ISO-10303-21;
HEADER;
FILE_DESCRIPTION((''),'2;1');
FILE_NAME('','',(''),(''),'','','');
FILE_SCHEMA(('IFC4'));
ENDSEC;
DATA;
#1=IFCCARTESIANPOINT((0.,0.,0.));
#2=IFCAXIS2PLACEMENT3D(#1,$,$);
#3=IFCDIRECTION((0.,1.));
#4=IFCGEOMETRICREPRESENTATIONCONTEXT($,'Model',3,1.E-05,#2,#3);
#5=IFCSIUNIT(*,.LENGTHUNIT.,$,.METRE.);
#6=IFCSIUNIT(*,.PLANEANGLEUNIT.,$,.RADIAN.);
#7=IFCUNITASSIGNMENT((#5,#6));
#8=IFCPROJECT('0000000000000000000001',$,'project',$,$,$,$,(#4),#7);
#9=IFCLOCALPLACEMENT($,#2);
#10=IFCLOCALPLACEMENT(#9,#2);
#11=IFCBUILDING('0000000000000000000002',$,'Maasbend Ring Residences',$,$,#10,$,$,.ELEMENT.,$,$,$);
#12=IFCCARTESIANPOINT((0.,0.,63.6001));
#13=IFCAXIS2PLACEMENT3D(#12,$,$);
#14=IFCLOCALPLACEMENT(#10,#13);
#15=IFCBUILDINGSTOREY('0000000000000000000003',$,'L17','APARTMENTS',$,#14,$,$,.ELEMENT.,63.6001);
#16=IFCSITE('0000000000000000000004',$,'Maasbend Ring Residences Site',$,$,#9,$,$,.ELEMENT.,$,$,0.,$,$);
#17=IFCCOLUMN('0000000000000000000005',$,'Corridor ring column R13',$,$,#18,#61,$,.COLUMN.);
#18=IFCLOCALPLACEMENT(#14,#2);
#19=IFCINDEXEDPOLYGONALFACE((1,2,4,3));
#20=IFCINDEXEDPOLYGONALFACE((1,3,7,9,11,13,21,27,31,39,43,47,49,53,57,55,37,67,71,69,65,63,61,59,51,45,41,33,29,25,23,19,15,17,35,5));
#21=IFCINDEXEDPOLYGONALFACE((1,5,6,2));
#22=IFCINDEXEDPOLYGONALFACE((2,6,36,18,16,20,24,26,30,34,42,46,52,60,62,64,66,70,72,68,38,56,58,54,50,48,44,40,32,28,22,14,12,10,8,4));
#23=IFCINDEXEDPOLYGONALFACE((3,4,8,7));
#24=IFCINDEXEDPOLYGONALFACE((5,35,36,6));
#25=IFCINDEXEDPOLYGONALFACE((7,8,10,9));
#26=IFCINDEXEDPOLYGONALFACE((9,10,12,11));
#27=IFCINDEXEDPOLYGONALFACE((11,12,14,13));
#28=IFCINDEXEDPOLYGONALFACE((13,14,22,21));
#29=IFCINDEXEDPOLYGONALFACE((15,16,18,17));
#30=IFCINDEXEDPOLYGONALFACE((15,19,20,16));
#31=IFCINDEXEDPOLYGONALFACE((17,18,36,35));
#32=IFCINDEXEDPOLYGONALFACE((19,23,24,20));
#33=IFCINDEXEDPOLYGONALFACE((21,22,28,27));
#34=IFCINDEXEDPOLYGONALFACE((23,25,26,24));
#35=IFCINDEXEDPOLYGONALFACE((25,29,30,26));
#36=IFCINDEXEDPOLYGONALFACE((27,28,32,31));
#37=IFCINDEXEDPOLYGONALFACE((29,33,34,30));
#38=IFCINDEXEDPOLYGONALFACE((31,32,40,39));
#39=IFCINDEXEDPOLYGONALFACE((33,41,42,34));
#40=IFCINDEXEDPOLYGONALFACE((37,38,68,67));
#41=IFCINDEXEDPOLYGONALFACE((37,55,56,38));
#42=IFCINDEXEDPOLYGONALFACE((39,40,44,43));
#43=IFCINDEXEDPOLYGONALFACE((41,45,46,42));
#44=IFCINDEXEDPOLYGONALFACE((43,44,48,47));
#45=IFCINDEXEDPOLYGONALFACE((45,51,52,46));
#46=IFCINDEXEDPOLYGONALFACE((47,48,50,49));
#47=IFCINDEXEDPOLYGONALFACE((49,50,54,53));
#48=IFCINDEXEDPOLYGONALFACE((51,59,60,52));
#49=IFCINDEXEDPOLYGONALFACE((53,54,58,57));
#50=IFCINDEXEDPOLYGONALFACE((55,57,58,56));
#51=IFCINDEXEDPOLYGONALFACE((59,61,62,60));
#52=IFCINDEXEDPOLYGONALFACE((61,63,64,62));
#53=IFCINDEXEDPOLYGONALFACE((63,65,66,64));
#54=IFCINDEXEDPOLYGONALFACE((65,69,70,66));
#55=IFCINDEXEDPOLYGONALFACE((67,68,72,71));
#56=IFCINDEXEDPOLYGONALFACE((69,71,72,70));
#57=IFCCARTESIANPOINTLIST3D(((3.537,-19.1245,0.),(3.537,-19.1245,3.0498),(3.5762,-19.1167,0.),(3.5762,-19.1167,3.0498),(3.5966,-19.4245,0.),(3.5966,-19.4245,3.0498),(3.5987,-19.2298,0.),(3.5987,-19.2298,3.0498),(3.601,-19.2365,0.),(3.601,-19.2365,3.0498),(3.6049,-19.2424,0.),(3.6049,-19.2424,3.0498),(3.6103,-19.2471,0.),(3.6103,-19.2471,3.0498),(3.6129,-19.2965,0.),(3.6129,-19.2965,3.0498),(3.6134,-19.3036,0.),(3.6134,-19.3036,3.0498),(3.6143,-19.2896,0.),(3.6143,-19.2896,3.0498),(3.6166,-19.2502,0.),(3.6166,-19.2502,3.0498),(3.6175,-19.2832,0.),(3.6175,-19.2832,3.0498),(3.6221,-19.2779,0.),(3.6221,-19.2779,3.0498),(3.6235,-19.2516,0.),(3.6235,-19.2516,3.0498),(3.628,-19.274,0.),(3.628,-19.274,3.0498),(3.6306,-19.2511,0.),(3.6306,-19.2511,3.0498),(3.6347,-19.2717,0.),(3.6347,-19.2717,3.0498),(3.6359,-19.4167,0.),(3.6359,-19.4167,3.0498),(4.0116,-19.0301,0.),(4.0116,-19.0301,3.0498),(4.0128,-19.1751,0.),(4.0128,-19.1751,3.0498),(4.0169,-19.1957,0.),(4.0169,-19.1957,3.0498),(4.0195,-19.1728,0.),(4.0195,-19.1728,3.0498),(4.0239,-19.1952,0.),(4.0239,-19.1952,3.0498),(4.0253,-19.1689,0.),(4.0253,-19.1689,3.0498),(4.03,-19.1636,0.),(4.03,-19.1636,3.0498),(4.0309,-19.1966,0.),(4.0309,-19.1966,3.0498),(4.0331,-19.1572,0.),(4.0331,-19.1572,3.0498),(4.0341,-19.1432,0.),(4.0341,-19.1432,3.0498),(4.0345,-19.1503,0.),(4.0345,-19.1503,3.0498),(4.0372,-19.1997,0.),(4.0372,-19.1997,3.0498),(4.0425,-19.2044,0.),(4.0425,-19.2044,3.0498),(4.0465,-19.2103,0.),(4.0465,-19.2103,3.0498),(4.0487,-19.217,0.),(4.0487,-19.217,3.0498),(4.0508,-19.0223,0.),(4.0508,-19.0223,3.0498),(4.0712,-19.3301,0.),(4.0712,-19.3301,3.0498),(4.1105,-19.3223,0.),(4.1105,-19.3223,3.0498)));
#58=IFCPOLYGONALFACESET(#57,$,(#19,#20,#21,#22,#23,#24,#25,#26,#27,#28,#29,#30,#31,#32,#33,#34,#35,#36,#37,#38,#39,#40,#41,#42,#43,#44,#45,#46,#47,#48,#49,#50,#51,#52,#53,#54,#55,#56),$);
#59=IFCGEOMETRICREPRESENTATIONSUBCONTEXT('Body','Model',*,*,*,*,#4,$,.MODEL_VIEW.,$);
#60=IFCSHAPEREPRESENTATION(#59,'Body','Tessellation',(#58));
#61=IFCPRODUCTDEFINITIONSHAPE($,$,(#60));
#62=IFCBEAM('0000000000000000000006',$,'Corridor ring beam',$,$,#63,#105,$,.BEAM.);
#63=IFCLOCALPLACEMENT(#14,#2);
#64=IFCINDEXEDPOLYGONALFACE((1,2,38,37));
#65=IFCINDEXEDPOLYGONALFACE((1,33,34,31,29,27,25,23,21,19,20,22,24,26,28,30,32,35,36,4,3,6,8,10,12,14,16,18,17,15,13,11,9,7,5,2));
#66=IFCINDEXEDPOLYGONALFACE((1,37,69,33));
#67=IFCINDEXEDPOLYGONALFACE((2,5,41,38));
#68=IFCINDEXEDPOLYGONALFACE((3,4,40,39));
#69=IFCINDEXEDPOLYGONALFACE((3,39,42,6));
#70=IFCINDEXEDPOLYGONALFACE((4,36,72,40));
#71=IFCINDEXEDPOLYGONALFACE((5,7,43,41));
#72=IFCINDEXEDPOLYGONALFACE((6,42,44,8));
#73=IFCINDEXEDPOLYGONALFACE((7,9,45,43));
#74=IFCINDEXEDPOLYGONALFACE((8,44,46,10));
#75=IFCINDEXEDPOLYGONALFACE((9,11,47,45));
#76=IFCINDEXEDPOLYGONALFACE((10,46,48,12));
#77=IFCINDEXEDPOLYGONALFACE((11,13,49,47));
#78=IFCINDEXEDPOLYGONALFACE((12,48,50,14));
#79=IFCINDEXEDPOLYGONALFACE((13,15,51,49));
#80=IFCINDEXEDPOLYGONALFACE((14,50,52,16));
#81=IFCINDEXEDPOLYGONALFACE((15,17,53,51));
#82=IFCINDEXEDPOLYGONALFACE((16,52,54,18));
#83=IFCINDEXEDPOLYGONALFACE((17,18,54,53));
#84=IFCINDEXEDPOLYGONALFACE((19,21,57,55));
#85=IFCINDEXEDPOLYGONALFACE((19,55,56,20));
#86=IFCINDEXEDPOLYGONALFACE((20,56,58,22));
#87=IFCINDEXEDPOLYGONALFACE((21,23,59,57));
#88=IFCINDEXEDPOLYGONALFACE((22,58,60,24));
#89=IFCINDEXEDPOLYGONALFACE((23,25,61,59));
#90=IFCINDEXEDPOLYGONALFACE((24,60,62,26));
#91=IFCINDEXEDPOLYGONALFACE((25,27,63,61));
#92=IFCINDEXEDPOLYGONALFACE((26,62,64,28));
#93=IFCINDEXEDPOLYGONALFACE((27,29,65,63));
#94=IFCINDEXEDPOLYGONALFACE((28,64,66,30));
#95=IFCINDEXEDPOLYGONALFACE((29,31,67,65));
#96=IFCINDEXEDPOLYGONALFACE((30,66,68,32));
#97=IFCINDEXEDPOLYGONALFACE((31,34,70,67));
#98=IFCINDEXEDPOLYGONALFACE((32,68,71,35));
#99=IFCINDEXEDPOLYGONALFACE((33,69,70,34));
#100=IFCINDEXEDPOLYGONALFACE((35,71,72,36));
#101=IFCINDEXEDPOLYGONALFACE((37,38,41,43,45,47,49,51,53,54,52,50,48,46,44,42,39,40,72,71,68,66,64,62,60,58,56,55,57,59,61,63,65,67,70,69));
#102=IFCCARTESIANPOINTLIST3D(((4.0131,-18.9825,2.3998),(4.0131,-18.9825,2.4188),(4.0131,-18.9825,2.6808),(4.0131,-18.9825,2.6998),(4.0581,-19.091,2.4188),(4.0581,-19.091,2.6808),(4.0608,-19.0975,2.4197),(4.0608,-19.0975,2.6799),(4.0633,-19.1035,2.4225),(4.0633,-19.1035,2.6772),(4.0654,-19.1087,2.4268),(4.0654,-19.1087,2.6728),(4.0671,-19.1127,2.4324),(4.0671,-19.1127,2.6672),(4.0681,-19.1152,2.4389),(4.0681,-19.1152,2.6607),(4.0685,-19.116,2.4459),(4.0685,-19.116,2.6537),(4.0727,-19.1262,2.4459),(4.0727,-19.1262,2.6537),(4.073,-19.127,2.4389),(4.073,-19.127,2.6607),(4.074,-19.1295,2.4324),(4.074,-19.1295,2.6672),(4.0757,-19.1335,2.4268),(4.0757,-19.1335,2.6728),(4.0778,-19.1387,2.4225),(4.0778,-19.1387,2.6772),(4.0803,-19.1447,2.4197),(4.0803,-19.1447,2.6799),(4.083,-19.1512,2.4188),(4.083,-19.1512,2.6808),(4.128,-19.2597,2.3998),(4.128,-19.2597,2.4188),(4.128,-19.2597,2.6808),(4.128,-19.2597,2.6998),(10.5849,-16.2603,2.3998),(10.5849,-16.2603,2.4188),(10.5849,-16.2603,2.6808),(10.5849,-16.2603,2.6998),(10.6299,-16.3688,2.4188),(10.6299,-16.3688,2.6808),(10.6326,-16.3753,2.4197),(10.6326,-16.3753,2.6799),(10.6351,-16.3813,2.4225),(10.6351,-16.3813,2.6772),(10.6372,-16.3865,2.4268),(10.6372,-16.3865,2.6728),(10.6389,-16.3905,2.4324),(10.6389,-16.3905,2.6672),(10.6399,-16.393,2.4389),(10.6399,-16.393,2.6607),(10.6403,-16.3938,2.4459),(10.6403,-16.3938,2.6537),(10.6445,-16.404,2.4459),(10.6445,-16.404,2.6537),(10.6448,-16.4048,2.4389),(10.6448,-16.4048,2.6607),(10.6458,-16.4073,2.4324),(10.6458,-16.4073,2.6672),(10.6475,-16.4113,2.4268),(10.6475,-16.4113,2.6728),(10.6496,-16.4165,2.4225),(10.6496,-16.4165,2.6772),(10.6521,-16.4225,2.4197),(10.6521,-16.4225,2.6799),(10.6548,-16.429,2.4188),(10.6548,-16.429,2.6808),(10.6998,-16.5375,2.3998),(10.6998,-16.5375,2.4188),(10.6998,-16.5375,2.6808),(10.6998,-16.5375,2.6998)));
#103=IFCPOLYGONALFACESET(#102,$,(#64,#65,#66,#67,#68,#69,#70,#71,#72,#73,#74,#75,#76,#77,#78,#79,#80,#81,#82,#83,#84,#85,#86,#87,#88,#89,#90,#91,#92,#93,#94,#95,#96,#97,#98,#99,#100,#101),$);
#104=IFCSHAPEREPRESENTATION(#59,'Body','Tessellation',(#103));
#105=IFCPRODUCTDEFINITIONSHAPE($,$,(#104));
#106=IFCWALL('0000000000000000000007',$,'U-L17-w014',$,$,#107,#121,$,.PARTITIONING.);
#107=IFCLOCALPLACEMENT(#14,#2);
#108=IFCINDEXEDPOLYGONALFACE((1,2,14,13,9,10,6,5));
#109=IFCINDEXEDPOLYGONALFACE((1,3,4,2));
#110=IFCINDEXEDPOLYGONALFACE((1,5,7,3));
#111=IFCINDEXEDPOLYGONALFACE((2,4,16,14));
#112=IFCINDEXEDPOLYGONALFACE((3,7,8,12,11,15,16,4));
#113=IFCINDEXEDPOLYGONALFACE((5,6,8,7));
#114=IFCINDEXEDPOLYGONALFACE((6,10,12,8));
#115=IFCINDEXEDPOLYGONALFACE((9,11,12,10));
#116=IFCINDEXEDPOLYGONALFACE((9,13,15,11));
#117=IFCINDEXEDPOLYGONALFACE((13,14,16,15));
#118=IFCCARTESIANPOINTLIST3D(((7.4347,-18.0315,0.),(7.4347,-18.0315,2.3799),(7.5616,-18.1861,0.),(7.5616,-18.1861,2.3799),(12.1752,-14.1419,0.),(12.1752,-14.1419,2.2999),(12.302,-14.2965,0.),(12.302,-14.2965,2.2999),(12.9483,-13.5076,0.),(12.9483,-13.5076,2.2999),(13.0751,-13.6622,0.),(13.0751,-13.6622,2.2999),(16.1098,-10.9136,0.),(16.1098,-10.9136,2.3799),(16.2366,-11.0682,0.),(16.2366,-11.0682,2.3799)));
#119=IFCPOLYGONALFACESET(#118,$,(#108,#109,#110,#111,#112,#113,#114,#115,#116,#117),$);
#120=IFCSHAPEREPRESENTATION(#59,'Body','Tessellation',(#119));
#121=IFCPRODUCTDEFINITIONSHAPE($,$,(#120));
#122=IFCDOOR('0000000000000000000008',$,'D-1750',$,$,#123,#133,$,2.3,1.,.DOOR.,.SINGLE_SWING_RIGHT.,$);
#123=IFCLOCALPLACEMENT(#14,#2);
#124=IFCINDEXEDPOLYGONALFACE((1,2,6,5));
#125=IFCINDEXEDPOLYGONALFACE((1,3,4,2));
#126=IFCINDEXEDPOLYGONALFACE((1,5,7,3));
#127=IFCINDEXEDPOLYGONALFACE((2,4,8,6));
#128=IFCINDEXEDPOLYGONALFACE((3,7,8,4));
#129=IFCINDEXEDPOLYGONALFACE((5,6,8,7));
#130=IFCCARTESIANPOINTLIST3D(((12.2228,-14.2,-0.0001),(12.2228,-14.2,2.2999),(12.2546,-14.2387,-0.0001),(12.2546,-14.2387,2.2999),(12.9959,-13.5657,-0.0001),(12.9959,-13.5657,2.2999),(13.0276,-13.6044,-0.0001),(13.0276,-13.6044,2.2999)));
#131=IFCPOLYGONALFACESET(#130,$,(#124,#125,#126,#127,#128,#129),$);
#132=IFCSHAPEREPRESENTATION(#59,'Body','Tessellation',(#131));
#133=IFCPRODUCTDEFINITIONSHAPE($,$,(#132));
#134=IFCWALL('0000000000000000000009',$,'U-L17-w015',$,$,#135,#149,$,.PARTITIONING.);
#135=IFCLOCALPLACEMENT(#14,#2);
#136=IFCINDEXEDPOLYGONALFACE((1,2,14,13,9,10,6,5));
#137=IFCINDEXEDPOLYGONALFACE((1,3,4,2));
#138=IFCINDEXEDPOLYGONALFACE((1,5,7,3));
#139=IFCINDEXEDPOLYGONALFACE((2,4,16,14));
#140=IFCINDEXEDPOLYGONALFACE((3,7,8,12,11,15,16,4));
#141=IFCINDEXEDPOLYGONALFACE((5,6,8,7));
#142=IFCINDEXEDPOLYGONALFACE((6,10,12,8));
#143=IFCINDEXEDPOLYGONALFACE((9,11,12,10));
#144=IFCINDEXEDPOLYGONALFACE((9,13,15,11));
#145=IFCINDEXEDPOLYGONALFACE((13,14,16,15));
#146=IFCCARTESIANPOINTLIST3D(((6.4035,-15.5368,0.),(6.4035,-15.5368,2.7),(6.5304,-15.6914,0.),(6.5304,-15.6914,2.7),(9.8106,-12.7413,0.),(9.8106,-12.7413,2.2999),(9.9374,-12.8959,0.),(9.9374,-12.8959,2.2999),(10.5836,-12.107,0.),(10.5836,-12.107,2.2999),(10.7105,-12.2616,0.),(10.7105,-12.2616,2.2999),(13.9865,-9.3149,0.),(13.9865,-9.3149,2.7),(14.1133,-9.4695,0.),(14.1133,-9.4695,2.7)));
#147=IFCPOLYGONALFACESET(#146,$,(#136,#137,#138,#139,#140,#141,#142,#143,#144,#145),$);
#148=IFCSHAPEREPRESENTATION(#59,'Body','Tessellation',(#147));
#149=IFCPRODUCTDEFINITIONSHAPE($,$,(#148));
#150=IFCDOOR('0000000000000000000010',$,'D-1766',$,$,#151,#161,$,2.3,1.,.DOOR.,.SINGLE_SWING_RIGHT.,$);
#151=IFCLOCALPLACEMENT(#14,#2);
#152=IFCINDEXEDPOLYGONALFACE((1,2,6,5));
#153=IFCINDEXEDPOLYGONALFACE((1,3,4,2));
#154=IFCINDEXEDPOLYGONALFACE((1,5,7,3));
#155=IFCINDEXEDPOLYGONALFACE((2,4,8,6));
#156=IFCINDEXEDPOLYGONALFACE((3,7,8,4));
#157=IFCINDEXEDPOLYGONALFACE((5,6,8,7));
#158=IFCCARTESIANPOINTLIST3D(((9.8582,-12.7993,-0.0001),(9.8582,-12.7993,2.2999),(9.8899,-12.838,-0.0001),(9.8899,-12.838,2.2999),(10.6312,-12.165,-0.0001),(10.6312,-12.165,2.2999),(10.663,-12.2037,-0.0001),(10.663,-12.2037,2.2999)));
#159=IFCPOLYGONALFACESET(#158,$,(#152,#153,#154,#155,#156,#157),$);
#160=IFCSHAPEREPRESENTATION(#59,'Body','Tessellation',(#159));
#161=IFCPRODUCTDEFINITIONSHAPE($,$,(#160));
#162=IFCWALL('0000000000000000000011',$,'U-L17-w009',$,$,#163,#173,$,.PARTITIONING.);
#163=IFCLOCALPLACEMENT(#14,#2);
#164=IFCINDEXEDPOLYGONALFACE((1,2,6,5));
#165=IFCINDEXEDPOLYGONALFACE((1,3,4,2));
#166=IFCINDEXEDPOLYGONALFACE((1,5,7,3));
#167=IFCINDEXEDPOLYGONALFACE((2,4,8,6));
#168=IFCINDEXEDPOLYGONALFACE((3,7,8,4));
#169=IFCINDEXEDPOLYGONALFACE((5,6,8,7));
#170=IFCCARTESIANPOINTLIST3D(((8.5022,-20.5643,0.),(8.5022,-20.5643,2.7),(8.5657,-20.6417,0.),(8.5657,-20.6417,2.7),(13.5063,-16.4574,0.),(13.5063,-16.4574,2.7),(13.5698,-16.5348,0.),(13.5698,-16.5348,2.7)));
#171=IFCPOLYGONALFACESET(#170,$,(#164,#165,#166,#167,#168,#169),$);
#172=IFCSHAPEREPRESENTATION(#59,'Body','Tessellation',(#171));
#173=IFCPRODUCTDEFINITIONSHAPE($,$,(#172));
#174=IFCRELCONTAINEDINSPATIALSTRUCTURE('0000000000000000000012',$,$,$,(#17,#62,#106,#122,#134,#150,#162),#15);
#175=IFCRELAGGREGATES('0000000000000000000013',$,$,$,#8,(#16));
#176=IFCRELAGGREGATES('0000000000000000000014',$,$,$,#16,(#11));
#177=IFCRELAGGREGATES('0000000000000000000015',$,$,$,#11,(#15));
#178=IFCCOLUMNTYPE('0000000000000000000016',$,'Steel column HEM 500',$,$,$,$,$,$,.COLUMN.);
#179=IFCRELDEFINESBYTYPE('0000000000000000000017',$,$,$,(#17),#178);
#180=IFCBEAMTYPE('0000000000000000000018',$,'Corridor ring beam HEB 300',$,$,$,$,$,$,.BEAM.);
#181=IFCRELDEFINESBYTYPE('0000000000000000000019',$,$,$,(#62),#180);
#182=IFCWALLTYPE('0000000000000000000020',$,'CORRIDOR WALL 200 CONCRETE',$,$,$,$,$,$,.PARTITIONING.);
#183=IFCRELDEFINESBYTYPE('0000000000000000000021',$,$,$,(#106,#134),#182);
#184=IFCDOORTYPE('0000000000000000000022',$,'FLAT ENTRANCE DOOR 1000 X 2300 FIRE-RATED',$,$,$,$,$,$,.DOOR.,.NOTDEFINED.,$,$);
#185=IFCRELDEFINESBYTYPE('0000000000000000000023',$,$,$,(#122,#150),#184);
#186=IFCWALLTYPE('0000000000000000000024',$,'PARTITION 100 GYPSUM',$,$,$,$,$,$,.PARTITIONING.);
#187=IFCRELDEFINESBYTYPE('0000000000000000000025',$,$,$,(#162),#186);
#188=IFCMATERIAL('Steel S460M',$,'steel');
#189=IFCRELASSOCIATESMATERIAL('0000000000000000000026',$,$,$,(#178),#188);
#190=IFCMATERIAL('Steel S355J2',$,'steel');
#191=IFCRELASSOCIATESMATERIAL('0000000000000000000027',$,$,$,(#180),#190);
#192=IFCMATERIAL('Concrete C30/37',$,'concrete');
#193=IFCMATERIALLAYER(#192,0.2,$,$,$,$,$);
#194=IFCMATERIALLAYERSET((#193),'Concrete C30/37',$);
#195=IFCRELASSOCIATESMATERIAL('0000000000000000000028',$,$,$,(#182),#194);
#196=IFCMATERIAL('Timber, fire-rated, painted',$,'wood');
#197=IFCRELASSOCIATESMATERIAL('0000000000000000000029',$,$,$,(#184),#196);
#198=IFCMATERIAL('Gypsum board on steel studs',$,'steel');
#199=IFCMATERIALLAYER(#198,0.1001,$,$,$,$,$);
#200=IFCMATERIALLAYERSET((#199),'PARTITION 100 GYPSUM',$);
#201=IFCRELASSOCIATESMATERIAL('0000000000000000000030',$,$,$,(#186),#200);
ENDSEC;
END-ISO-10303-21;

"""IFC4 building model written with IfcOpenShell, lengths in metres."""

from ifc_helpers import new_model, si_unit, direction, frame, frame_2d, origin, origin_2d, place, context, subcontext, project, spatial, rectangle, i_section, extrude, material, layer, layer_set, material_profile, profile_set, type_object, element, fill, save


model = new_model("IFC4")

# Units and contexts
model_context = context("Model", 3, precision=1e-05, world=origin(), true_north=direction((0.0, 1.0)))
body_context = subcontext(model_context, "Body", "Model", "MODEL_VIEW")
ifc_project = project(units=[si_unit("LENGTHUNIT", "METRE"), si_unit("PLANEANGLEUNIT", "RADIAN")], contexts=[model_context])

# Site, building, storey
site_placement = place(None, origin())
site = spatial("IfcSite", under=ifc_project, at=site_placement, Name="Maasbend Ring Residences Site", CompositionType="ELEMENT", RefElevation=0.0)
building_placement = place(site_placement, origin())
building = spatial("IfcBuilding", under=site, at=building_placement, Name="Maasbend Ring Residences", CompositionType="ELEMENT")
storey_placement = place(building_placement, frame((0.0, 0.0, 63.6001)))
storey = spatial("IfcBuildingStorey", under=building, at=storey_placement, Name="L17", Description="APARTMENTS", CompositionType="ELEMENT", Elevation=63.6001)

# Column
ifc_material_1 = material(Name="Steel S460M", Category="steel")
ifc_material_profile_1 = material_profile(ifc_material_1, i_section(OverallWidth=0.3059, OverallDepth=0.5239, WebThickness=0.021, FlangeThickness=0.04, FilletRadius=0.0271, at=origin_2d()), Name="HEM 500")
ifc_profile_set_1 = profile_set([ifc_material_profile_1], Name="Steel S460M")
column_type = type_object("IfcColumnType", Name="Steel column HEM 500", PredefinedType="COLUMN", material=ifc_profile_set_1)
column_placement = place(storey_placement, frame((3.8237, -19.2234, 0.0), z_axis=(0.0, 0.0, 1.0), x_axis=(0.19509, -0.980785, 0.0)))
element("IfcColumn", 1, at=column_placement, inside=storey, type_object=column_type, Name="Corridor ring column R13", PredefinedType="COLUMN", context=body_context, shape_type="SweptSolid", body=[
    extrude(i_section(OverallWidth=0.3059, OverallDepth=0.5239, WebThickness=0.021, FlangeThickness=0.04, FilletRadius=0.0271, at=origin_2d()), origin(), (0.0, 0.0, 1.0), 3.0498),
])

# Beam
ifc_material_2 = material(Name="Steel S355J2", Category="steel")
ifc_material_profile_2 = material_profile(ifc_material_2, i_section(OverallWidth=0.3, OverallDepth=0.3, WebThickness=0.011, FlangeThickness=0.019, FilletRadius=0.0271, at=origin_2d()), Name="HEB 300")
ifc_profile_set_2 = profile_set([ifc_material_profile_2], Name="Steel S355J2")
beam_type = type_object("IfcBeamType", Name="Corridor ring beam HEB 300", PredefinedType="BEAM", material=ifc_profile_set_2)
beam_placement = place(storey_placement, frame((4.0706, -19.1211, 2.5498), z_axis=(0.923877, 0.382689, 0.0), x_axis=(-0.382689, 0.923877, 0.0)))
element("IfcBeam", 2, at=beam_placement, inside=storey, type_object=beam_type, Name="Corridor ring beam", PredefinedType="BEAM", context=body_context, shape_type="SweptSolid", body=[
    extrude(i_section(OverallWidth=0.3, OverallDepth=0.3, WebThickness=0.011, FlangeThickness=0.019, FilletRadius=0.0271, at=origin_2d()), origin(), (0.0, 0.0, 1.0), 7.1133),
])

# Walls, openings, doors
ifc_material_3 = material(Name="Concrete C30/37", Category="concrete")
ifc_layer_1 = layer(ifc_material_3, 0.2)
ifc_layer_set_1 = layer_set([ifc_layer_1], Name="Concrete C30/37")
wall_type_1 = type_object("IfcWallType", Name="CORRIDOR WALL 200 CONCRETE", PredefinedType="PARTITIONING", material=ifc_layer_set_1)
wall_1_placement = place(storey_placement, frame((7.498, -18.1089, 0.0), z_axis=(0.0, 0.0, 1.0), x_axis=(0.773076, 0.634313, 0.0)))
wall_1 = element("IfcWall", 3, at=wall_1_placement, inside=storey, type_object=wall_type_1, Name="U-L17-w014", PredefinedType="PARTITIONING", context=body_context, shape_type="SweptSolid", body=[
    extrude(rectangle(XDim=11.2214, YDim=0.2, at=frame_2d((5.6108, 0.0))), origin(), (0.0, 0.0, 1.0), 2.3799),
])
opening_1_placement = place(wall_1_placement, frame((6.1321, 0.0, 0.0)))
opening_1 = element("IfcOpeningElement", 4, at=opening_1_placement, cuts=wall_1, PredefinedType="OPENING", context=body_context, shape_type="SweptSolid", body=[
    extrude(rectangle(XDim=1.0, YDim=2.3, at=frame_2d((0.5, 1.1499))), frame((0.0, 0.1099, 0.0), z_axis=(0.0, -1.0, 0.0), x_axis=(1.0, 0.0, 0.0)), (0.0, 0.0, 1.0), 0.22),
])
ifc_material_4 = material(Name="Timber, fire-rated, painted", Category="wood")
door_type_1 = type_object("IfcDoorType", Name="FLAT ENTRANCE DOOR 1000 X 2300 FIRE-RATED", OperationType="NOTDEFINED", PredefinedType="DOOR", material=ifc_material_4)
door_1_placement = place(opening_1_placement, origin())
door_1 = element("IfcDoor", 5, at=door_1_placement, inside=storey, type_object=door_type_1, Name="D-1750", OperationType="SINGLE_SWING_RIGHT", OverallHeight=2.3, OverallWidth=1.0, PredefinedType="DOOR", context=body_context, shape_type="SweptSolid", body=[
    extrude(rectangle(XDim=1.0, YDim=2.3, at=frame_2d((0.5, 1.1499))), frame((0.0, 0.0249, 0.0), z_axis=(0.0, -1.0, 0.0), x_axis=(1.0, 0.0, 0.0)), (0.0, 0.0, 1.0), 0.05),
])
fill(opening_1, door_1)
wall_2_placement = place(storey_placement, frame((6.467, -15.614, 0.0), z_axis=(0.0, 0.0, 1.0), x_axis=(0.773075, 0.634315, 0.0)))
wall_2 = element("IfcWall", 6, at=wall_2_placement, inside=storey, type_object=wall_type_1, Name="U-L17-w015", PredefinedType="PARTITIONING", context=body_context, shape_type="SweptSolid", body=[
    extrude(rectangle(XDim=9.8088, YDim=0.2, at=frame_2d((4.9043, 0.0))), origin(), (0.0, 0.0, 1.0), 2.7),
])
opening_2_placement = place(wall_2_placement, frame((4.407, 0.0, 0.0)))
opening_2 = element("IfcOpeningElement", 7, at=opening_2_placement, cuts=wall_2, PredefinedType="OPENING", context=body_context, shape_type="SweptSolid", body=[
    extrude(rectangle(XDim=1.0, YDim=2.3, at=frame_2d((0.5, 1.1499))), frame((0.0, 0.1099, 0.0), z_axis=(0.0, -1.0, 0.0), x_axis=(1.0, 0.0, 0.0)), (0.0, 0.0, 1.0), 0.22),
])
door_2_placement = place(opening_2_placement, origin())
door_2 = element("IfcDoor", 8, at=door_2_placement, inside=storey, type_object=door_type_1, Name="D-1766", OperationType="SINGLE_SWING_RIGHT", OverallHeight=2.3, OverallWidth=1.0, PredefinedType="DOOR", context=body_context, shape_type="SweptSolid", body=[
    extrude(rectangle(XDim=1.0, YDim=2.3, at=frame_2d((0.5, 1.1499))), frame((0.0, 0.0249, 0.0), z_axis=(0.0, -1.0, 0.0), x_axis=(1.0, 0.0, 0.0)), (0.0, 0.0, 1.0), 0.05),
])
fill(opening_2, door_2)

# Wall
ifc_material_5 = material(Name="Gypsum board on steel studs", Category="steel")
ifc_layer_2 = layer(ifc_material_5, 0.1001)
ifc_layer_set_2 = layer_set([ifc_layer_2], Name="PARTITION 100 GYPSUM")
wall_type_2 = type_object("IfcWallType", Name="PARTITION 100 GYPSUM", PredefinedType="PARTITIONING", material=ifc_layer_set_2)
wall_3_placement = place(storey_placement, frame((8.5339, -20.603, 0.0), z_axis=(0.0, 0.0, 1.0), x_axis=(0.773, 0.634406, 0.0)))
element("IfcWall", 9, at=wall_3_placement, inside=storey, type_object=wall_type_2, Name="U-L17-w009", PredefinedType="PARTITIONING", context=body_context, shape_type="SweptSolid", body=[
    extrude(rectangle(XDim=6.4736, YDim=0.1001, at=frame_2d((3.2368, 0.0))), origin(), (0.0, 0.0, 1.0), 2.7),
])

save(model, "model.ifc")
